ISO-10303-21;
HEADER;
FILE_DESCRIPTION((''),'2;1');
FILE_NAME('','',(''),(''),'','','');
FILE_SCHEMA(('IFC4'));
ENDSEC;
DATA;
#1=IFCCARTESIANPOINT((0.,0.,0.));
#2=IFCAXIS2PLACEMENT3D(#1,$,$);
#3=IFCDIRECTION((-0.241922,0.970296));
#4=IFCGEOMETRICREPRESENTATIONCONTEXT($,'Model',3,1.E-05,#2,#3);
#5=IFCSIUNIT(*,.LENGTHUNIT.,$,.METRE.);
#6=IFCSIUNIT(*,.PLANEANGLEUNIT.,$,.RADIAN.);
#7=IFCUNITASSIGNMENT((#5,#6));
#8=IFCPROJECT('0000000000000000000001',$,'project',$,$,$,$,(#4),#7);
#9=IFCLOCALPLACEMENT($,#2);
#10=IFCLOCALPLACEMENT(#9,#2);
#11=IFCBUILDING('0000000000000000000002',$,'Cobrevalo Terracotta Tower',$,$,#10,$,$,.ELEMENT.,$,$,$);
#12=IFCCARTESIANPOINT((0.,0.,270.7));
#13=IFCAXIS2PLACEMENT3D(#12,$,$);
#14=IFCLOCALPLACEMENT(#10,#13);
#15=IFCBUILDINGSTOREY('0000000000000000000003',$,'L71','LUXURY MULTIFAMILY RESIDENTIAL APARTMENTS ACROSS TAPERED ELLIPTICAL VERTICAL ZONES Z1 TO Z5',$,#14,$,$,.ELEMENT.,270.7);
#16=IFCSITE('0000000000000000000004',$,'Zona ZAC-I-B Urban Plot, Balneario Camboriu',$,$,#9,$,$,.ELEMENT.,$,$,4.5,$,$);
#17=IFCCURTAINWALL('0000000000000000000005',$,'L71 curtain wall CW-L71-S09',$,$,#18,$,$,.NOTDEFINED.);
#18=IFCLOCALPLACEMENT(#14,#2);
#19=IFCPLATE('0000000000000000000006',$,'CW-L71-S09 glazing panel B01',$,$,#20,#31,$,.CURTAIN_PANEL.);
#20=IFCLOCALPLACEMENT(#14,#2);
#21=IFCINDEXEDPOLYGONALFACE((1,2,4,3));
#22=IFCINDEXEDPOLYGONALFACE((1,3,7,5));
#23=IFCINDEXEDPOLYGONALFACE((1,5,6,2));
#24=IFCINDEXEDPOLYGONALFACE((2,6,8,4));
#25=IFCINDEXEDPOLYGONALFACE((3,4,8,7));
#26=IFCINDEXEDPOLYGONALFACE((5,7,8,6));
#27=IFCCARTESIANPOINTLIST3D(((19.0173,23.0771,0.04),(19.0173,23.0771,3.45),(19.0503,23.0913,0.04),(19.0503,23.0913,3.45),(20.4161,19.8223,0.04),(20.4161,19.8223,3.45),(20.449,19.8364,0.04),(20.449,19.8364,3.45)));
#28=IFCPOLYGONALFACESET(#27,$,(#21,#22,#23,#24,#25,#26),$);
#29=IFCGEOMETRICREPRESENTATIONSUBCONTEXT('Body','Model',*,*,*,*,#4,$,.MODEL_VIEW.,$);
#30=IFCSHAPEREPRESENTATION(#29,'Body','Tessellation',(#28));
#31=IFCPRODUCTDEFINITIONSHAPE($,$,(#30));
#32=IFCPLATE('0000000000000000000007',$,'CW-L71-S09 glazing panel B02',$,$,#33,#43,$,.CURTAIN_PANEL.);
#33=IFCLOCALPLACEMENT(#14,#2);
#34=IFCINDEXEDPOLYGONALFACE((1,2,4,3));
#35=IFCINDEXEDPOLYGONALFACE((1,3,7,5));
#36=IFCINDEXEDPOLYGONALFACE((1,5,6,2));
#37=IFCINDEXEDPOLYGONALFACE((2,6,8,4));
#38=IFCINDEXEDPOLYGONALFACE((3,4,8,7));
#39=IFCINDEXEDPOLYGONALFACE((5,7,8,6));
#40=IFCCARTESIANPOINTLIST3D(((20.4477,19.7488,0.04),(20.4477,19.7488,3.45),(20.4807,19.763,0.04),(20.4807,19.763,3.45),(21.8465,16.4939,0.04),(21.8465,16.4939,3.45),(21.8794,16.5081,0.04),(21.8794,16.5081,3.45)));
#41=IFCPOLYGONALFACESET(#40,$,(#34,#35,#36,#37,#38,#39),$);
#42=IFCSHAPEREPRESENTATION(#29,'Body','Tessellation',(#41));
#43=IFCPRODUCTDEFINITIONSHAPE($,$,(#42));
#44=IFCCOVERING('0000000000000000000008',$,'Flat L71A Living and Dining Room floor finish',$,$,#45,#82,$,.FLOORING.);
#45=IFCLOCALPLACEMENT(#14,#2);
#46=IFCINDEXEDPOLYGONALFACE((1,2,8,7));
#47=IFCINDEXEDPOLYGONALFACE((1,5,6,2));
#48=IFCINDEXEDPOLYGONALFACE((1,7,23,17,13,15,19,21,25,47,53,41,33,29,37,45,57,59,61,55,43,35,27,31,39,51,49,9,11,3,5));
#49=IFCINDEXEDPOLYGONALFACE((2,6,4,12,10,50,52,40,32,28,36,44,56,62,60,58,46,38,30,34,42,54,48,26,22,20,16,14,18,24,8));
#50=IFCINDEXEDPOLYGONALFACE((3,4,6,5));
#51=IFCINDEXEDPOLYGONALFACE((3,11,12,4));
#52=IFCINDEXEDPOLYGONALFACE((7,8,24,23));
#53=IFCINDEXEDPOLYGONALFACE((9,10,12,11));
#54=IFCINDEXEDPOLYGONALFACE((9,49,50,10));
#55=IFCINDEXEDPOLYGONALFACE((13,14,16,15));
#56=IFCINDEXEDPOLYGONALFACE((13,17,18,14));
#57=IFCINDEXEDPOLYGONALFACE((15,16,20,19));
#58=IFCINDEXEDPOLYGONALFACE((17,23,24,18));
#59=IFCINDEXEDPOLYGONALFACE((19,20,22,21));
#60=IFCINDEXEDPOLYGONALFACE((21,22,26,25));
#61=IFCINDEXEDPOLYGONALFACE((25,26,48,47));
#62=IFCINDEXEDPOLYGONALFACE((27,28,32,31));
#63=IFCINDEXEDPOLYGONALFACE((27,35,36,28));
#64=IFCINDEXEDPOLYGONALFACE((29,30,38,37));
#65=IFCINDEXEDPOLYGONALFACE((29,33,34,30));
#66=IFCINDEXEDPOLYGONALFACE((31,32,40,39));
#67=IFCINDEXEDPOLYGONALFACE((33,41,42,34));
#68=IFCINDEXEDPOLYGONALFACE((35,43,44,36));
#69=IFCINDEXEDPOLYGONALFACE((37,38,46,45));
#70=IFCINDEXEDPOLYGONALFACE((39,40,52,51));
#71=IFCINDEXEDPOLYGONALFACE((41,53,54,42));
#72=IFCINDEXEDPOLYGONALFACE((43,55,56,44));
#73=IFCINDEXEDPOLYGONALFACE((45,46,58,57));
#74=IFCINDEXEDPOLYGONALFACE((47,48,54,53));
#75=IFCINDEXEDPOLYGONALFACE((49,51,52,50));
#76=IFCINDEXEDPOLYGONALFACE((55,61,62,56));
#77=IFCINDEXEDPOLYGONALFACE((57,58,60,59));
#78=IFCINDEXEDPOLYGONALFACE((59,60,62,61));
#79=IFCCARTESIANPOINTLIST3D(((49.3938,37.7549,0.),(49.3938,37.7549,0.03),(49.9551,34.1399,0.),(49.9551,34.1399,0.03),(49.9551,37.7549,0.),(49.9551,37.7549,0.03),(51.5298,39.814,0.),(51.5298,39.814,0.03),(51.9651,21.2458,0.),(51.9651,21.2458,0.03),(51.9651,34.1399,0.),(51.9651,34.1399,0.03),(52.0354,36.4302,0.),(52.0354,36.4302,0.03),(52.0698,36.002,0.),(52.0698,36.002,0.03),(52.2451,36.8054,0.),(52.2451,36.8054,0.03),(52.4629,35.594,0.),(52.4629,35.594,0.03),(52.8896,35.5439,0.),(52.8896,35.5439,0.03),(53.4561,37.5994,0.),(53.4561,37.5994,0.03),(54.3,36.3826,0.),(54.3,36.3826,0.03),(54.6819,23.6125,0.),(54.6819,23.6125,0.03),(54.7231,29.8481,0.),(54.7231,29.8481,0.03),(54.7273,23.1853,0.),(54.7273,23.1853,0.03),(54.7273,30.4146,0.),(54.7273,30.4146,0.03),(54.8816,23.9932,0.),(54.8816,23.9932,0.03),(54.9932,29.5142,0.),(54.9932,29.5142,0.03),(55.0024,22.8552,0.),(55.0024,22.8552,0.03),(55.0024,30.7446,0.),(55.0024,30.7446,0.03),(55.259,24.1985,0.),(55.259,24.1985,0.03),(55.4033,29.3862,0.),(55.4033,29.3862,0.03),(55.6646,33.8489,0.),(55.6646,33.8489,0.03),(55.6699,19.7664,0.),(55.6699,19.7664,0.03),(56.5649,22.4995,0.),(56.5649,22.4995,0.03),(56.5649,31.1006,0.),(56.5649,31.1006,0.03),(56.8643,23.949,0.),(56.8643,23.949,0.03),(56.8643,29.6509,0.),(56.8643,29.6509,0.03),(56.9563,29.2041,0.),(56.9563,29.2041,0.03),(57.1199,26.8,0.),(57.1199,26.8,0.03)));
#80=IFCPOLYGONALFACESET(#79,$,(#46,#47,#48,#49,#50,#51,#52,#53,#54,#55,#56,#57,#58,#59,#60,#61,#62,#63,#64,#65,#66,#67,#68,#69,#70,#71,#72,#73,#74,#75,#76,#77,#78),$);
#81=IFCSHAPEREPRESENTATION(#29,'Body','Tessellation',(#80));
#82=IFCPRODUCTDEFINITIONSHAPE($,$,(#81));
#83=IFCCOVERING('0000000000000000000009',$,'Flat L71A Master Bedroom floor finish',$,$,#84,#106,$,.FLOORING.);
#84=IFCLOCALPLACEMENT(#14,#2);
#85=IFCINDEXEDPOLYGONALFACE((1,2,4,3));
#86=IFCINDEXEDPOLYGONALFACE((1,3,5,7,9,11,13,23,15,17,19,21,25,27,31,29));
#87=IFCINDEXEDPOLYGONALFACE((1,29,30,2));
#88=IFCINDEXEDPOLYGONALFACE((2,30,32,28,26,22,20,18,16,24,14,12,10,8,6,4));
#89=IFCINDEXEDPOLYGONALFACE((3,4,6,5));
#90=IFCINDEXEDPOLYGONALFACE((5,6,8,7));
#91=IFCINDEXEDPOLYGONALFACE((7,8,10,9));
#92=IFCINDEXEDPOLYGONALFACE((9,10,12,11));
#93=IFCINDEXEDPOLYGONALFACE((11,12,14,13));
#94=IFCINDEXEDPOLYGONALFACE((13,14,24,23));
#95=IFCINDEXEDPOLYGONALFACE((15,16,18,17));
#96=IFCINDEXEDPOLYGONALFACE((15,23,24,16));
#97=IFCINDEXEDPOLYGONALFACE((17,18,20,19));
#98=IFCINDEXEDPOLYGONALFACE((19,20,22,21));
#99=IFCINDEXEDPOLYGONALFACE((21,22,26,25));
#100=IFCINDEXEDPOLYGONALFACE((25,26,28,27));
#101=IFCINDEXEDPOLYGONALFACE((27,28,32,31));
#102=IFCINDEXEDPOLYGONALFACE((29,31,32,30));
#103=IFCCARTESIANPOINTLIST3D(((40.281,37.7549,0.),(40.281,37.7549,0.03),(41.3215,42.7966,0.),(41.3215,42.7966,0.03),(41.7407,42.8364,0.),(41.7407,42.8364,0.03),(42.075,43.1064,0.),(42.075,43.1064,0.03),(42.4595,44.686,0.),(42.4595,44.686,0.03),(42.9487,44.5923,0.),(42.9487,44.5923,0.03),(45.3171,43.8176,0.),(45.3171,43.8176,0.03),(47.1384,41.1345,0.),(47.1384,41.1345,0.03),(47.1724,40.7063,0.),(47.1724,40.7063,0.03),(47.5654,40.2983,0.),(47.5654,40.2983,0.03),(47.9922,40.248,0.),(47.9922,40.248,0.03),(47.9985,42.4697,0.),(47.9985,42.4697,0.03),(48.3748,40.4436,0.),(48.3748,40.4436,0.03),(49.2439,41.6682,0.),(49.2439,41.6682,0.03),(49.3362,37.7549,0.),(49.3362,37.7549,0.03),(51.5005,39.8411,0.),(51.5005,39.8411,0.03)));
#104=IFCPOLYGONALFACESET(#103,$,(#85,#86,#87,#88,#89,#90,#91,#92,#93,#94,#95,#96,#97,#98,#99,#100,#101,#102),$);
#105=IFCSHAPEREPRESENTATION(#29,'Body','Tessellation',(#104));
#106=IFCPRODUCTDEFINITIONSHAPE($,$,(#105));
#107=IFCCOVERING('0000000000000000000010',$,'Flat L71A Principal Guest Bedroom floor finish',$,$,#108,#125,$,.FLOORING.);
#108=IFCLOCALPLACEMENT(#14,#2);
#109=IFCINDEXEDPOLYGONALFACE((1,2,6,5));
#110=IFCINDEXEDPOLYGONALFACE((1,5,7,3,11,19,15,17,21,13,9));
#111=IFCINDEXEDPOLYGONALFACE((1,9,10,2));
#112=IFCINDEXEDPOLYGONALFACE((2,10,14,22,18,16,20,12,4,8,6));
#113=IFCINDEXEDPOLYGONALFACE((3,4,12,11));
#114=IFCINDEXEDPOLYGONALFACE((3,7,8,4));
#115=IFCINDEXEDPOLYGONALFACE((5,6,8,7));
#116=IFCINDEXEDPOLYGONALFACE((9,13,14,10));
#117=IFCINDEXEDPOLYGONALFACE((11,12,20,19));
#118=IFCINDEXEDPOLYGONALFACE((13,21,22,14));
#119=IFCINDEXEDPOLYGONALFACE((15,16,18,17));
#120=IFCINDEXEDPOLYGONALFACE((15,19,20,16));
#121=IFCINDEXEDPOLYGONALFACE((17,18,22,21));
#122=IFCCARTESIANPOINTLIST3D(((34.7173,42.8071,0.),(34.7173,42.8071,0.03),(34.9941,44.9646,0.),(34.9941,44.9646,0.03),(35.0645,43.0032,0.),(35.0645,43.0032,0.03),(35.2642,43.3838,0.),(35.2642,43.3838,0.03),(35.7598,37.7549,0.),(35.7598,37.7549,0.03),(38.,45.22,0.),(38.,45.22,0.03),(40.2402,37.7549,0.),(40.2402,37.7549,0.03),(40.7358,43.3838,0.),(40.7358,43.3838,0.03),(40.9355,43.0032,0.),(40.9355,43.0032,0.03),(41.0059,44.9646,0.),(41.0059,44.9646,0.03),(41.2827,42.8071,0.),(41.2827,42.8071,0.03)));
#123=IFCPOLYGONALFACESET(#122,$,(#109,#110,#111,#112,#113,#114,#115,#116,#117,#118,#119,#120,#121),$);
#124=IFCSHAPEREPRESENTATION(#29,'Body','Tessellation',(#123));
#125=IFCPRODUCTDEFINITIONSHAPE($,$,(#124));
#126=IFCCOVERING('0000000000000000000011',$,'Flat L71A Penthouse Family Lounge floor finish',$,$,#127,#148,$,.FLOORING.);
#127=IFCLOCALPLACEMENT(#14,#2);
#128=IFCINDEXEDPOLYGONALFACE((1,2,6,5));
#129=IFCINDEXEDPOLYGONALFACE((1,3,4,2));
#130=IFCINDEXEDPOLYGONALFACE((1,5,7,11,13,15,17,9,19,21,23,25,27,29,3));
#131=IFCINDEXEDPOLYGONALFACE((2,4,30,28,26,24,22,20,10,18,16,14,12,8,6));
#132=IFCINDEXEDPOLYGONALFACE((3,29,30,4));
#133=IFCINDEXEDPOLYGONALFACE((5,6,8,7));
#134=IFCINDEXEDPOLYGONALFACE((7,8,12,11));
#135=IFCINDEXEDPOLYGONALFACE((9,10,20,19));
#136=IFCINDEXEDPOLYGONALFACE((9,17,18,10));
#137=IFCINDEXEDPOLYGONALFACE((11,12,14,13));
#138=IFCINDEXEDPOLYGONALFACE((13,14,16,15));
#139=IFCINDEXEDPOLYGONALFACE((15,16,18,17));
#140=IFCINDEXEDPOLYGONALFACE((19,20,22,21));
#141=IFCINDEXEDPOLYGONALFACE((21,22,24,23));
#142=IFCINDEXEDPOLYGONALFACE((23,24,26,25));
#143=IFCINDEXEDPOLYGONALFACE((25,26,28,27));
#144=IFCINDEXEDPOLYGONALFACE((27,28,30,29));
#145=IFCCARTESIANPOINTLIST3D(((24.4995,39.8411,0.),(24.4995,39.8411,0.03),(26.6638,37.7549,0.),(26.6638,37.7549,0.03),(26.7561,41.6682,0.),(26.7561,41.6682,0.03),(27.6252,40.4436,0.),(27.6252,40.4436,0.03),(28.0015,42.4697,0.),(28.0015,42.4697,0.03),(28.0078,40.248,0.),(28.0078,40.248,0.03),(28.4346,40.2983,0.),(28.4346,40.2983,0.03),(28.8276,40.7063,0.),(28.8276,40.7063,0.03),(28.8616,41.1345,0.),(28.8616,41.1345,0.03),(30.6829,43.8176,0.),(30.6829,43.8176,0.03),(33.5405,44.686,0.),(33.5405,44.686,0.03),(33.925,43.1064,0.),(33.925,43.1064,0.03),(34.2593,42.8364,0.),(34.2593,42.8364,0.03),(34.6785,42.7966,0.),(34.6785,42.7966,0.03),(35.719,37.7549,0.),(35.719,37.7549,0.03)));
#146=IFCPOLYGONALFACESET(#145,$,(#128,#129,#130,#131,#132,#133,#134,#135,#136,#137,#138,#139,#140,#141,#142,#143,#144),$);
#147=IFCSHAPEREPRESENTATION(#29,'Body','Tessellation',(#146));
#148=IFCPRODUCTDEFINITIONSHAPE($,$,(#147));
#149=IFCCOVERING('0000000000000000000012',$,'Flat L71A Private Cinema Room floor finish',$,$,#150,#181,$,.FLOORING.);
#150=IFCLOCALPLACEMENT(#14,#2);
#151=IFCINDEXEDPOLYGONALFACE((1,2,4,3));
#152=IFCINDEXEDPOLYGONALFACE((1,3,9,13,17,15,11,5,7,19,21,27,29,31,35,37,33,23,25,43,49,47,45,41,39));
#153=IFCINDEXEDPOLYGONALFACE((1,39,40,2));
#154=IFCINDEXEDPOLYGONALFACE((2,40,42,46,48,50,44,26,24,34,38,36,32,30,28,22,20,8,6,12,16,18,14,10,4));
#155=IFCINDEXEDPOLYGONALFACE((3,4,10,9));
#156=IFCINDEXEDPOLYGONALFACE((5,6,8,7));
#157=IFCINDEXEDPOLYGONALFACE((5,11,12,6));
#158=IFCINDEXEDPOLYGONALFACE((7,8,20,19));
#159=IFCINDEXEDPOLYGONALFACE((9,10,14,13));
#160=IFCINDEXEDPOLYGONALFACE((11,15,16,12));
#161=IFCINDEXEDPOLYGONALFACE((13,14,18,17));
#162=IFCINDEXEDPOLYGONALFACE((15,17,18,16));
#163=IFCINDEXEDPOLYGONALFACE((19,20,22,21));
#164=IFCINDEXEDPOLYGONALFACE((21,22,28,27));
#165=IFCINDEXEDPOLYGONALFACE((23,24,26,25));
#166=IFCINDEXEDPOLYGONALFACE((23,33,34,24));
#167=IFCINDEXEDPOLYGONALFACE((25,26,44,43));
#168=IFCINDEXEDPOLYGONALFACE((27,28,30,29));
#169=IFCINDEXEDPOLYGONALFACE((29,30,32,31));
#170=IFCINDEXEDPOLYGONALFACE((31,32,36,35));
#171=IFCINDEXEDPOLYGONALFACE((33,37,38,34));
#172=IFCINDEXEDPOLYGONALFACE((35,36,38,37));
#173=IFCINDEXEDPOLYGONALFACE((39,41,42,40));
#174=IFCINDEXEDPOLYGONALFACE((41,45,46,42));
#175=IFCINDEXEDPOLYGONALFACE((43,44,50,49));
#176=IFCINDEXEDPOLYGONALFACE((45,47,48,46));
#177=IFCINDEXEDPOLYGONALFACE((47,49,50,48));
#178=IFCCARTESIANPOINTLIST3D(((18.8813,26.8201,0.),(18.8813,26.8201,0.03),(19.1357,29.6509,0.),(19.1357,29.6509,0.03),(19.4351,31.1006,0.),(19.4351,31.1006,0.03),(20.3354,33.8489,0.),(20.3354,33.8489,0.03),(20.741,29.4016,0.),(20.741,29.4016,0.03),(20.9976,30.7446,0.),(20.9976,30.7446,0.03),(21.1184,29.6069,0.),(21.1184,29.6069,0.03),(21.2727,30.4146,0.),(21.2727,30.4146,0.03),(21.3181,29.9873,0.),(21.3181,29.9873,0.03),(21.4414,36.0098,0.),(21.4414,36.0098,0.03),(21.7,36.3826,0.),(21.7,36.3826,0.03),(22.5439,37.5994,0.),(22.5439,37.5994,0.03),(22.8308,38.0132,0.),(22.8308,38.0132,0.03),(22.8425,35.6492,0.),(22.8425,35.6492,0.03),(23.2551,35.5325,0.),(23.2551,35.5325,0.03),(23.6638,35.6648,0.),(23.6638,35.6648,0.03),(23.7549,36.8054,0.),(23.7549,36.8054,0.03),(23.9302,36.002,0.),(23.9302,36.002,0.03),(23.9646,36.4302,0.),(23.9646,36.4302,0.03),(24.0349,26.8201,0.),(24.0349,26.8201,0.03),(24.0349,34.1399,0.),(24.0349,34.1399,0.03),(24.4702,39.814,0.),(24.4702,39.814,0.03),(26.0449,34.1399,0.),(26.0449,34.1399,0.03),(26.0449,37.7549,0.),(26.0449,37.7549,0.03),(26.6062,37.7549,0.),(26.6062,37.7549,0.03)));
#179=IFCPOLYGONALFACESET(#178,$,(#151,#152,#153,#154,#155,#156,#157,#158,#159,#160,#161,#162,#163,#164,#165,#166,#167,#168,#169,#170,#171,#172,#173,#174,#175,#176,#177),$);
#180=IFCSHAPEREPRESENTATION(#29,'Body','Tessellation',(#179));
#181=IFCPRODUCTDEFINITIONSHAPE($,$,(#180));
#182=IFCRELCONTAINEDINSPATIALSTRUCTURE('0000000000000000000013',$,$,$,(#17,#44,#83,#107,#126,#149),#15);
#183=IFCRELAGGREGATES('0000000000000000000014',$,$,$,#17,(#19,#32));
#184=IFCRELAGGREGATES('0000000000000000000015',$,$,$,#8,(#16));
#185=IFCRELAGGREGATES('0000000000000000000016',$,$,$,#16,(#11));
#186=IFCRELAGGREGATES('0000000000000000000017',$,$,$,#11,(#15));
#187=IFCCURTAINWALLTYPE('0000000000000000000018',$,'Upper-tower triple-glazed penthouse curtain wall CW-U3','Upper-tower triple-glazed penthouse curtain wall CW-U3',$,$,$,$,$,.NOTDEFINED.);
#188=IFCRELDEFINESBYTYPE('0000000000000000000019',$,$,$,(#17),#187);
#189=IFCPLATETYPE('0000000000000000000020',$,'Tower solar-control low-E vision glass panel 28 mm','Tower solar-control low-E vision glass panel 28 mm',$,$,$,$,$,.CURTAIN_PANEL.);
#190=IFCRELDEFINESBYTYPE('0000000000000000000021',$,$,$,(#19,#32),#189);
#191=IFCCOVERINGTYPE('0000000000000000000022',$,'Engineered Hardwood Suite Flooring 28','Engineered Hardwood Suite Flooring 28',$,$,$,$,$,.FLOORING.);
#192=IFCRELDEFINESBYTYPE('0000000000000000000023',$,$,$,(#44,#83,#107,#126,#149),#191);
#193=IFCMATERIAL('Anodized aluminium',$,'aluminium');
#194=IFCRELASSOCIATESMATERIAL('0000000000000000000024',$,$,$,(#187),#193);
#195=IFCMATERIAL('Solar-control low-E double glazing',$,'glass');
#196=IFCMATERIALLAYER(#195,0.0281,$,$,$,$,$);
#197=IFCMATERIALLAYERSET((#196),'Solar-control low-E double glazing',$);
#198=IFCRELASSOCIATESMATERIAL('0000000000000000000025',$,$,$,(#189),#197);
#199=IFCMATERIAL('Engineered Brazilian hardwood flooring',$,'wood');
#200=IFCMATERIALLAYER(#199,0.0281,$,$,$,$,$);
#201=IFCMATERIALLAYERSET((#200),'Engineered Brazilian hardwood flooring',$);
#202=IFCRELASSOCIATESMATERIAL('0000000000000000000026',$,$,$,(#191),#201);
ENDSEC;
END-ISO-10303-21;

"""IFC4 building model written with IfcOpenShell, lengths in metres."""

from ifc_helpers import new_model, si_unit, direction, frame, origin, origin_2d, place, context, subcontext, project, spatial, polyline, rectangle, outline, extrude, source, transform, mapped, material, layer, layer_set, type_object, element, aggregate, save


model = new_model("IFC4")

# Units and contexts
model_context = context("Model", 3, precision=1e-05, world=origin(), true_north=direction((-0.241922, 0.970296)))
body_context = subcontext(model_context, "Body", "Model", "MODEL_VIEW")
ifc_project = project(units=[si_unit("LENGTHUNIT", "METRE"), si_unit("PLANEANGLEUNIT", "RADIAN")], contexts=[model_context])

# Site, building, storey
site_placement = place(None, origin())
site = spatial("IfcSite", under=ifc_project, at=site_placement, Name="Zona ZAC-I-B Urban Plot, Balneario Camboriu", CompositionType="ELEMENT", RefElevation=4.5)
building_placement = place(site_placement, origin())
building = spatial("IfcBuilding", under=site, at=building_placement, Name="Cobrevalo Terracotta Tower", CompositionType="ELEMENT")
storey_placement = place(building_placement, frame((0.0, 0.0, 270.7)))
storey = spatial("IfcBuildingStorey", under=building, at=storey_placement, Name="L71", Description="LUXURY MULTIFAMILY RESIDENTIAL APARTMENTS ACROSS TAPERED ELLIPTICAL VERTICAL ZONES Z1 TO Z5", CompositionType="ELEMENT", Elevation=270.7)

# Curtain wall
ifc_material_1 = material(Name="Anodized aluminium", Category="aluminium")
curtain_wall_type = type_object("IfcCurtainWallType", Name="Upper-tower triple-glazed penthouse curtain wall CW-U3", Description="Upper-tower triple-glazed penthouse curtain wall CW-U3", PredefinedType="NOTDEFINED", material=ifc_material_1)
curtain_wall_1_placement = place(storey_placement, origin())
curtain_wall_1 = element("IfcCurtainWall", 1, at=curtain_wall_1_placement, inside=storey, type_object=curtain_wall_type, Name="L71 curtain wall CW-L71-S09", PredefinedType="NOTDEFINED")

# Plates
ifc_material_2 = material(Name="Solar-control low-E double glazing", Category="glass")
ifc_layer_1 = layer(ifc_material_2, 0.0281)
ifc_layer_set_1 = layer_set([ifc_layer_1], Name="Solar-control low-E double glazing")
plate_type = type_object("IfcPlateType", Name="Tower solar-control low-E vision glass panel 28 mm", Description="Tower solar-control low-E vision glass panel 28 mm", PredefinedType="CURTAIN_PANEL", material=ifc_layer_set_1)
shared_shape_1 = source(origin(), body_context, "Body", "SweptSolid", [
    extrude(rectangle(XDim=3.5427, YDim=0.0359, at=origin_2d()), origin(), (0.0, 0.0, 1.0), 3.4099),
])
plate_1_placement = place(storey_placement, frame((19.7332, 21.4568, 0.04), z_axis=(0.0, 0.0, 1.0), x_axis=(0.394829, -0.918755, 0.0)))
plate_1 = element("IfcPlate", 2, at=plate_1_placement, type_object=plate_type, Name="CW-L71-S09 glazing panel B01", PredefinedType="CURTAIN_PANEL", context=body_context, shape_type="MappedRepresentation", body=[
    mapped(shared_shape_1, transform((0.0, 0.0, 0.0), scale=1.0)),
])
plate_2_placement = place(storey_placement, frame((21.1636, 18.1284, 0.04), z_axis=(0.0, 0.0, 1.0), x_axis=(0.394829, -0.918755, 0.0)))
plate_2 = element("IfcPlate", 3, at=plate_2_placement, type_object=plate_type, Name="CW-L71-S09 glazing panel B02", PredefinedType="CURTAIN_PANEL", context=body_context, shape_type="MappedRepresentation", body=[
    mapped(shared_shape_1, transform((0.0, 0.0, 0.0), scale=1.0)),
])
aggregate(curtain_wall_1, [plate_1, plate_2])

# Coverings
ifc_material_3 = material(Name="Engineered Brazilian hardwood flooring", Category="wood")
ifc_layer_2 = layer(ifc_material_3, 0.0281)
ifc_layer_set_2 = layer_set([ifc_layer_2], Name="Engineered Brazilian hardwood flooring")
covering_type_1 = type_object("IfcCoveringType", Name="Engineered Hardwood Suite Flooring 28", Description="Engineered Hardwood Suite Flooring 28", PredefinedType="FLOORING", material=ifc_layer_set_2)
covering_1_placement = place(storey_placement, origin())
element("IfcCovering", 4, at=covering_1_placement, inside=storey, type_object=covering_type_1, Name="Flat L71A Living and Dining Room floor finish", PredefinedType="FLOORING", context=body_context, shape_type="SweptSolid", body=[
    extrude(outline(polyline([(51.5298, 39.814), (53.4561, 37.5994), (52.2451, 36.8054), (52.0354, 36.4302), (52.0698, 36.002), (52.4629, 35.594), (52.8896, 35.5439), (54.3, 36.3826), (55.6646, 33.8489), (56.5649, 31.1006), (55.0024, 30.7446), (54.7273, 30.4146), (54.7231, 29.8481), (54.9932, 29.5142), (55.4033, 29.3862), (56.8643, 29.6509), (56.9563, 29.2041), (57.1199, 26.8), (56.8643, 23.949), (55.259, 24.1985), (54.8816, 23.9932), (54.6819, 23.6125), (54.7273, 23.1853), (55.0024, 22.8552), (56.5649, 22.4995), (55.6699, 19.7664), (51.9651, 21.2458), (51.9651, 34.1399), (49.9551, 34.1399), (49.9551, 37.7549), (49.3938, 37.7549), (51.5298, 39.814)])), origin(), (0.0, 0.0, 1.0), 0.03),
])
covering_2_placement = place(storey_placement, origin())
element("IfcCovering", 5, at=covering_2_placement, inside=storey, type_object=covering_type_1, Name="Flat L71A Master Bedroom floor finish", PredefinedType="FLOORING", context=body_context, shape_type="SweptSolid", body=[
    extrude(outline(polyline([(41.3215, 42.7966), (41.7407, 42.8364), (42.075, 43.1064), (42.4595, 44.686), (42.9487, 44.5923), (45.3171, 43.8176), (47.9985, 42.4697), (47.1384, 41.1345), (47.1724, 40.7063), (47.5654, 40.2983), (47.9922, 40.248), (48.3748, 40.4436), (49.2439, 41.6682), (51.5005, 39.8411), (49.3362, 37.7549), (40.281, 37.7549), (41.3215, 42.7966)])), origin(), (0.0, 0.0, 1.0), 0.03),
])
covering_3_placement = place(storey_placement, origin())
element("IfcCovering", 6, at=covering_3_placement, inside=storey, type_object=covering_type_1, Name="Flat L71A Principal Guest Bedroom floor finish", PredefinedType="FLOORING", context=body_context, shape_type="SweptSolid", body=[
    extrude(outline(polyline([(34.7173, 42.8071), (35.0645, 43.0032), (35.2642, 43.3838), (34.9941, 44.9646), (38.0, 45.22), (41.0059, 44.9646), (40.7358, 43.3838), (40.9355, 43.0032), (41.2827, 42.8071), (40.2402, 37.7549), (35.7598, 37.7549), (34.7173, 42.8071)])), origin(), (0.0, 0.0, 1.0), 0.03),
])
covering_4_placement = place(storey_placement, origin())
element("IfcCovering", 7, at=covering_4_placement, inside=storey, type_object=covering_type_1, Name="Flat L71A Penthouse Family Lounge floor finish", PredefinedType="FLOORING", context=body_context, shape_type="SweptSolid", body=[
    extrude(outline(polyline([(24.4995, 39.8411), (26.7561, 41.6682), (27.6252, 40.4436), (28.0078, 40.248), (28.4346, 40.2983), (28.8276, 40.7063), (28.8616, 41.1345), (28.0015, 42.4697), (30.6829, 43.8176), (33.5405, 44.686), (33.925, 43.1064), (34.2593, 42.8364), (34.6785, 42.7966), (35.719, 37.7549), (26.6638, 37.7549), (24.4995, 39.8411)])), origin(), (0.0, 0.0, 1.0), 0.03),
])
covering_5_placement = place(storey_placement, origin())
element("IfcCovering", 8, at=covering_5_placement, inside=storey, type_object=covering_type_1, Name="Flat L71A Private Cinema Room floor finish", PredefinedType="FLOORING", context=body_context, shape_type="SweptSolid", body=[
    extrude(outline(polyline([(26.6062, 37.7549), (26.0449, 37.7549), (26.0449, 34.1399), (24.0349, 34.1399), (24.0349, 26.8201), (18.8813, 26.8201), (19.1357, 29.6509), (20.741, 29.4016), (21.1184, 29.6069), (21.3181, 29.9873), (21.2727, 30.4146), (20.9976, 30.7446), (19.4351, 31.1006), (20.3354, 33.8489), (21.4414, 36.0098), (21.7, 36.3826), (22.8425, 35.6492), (23.2551, 35.5325), (23.6638, 35.6648), (23.9302, 36.002), (23.9646, 36.4302), (23.7549, 36.8054), (22.5439, 37.5994), (22.8308, 38.0132), (24.4702, 39.814), (26.6062, 37.7549)])), origin(), (0.0, 0.0, 1.0), 0.03),
])

save(model, "model.ifc")
